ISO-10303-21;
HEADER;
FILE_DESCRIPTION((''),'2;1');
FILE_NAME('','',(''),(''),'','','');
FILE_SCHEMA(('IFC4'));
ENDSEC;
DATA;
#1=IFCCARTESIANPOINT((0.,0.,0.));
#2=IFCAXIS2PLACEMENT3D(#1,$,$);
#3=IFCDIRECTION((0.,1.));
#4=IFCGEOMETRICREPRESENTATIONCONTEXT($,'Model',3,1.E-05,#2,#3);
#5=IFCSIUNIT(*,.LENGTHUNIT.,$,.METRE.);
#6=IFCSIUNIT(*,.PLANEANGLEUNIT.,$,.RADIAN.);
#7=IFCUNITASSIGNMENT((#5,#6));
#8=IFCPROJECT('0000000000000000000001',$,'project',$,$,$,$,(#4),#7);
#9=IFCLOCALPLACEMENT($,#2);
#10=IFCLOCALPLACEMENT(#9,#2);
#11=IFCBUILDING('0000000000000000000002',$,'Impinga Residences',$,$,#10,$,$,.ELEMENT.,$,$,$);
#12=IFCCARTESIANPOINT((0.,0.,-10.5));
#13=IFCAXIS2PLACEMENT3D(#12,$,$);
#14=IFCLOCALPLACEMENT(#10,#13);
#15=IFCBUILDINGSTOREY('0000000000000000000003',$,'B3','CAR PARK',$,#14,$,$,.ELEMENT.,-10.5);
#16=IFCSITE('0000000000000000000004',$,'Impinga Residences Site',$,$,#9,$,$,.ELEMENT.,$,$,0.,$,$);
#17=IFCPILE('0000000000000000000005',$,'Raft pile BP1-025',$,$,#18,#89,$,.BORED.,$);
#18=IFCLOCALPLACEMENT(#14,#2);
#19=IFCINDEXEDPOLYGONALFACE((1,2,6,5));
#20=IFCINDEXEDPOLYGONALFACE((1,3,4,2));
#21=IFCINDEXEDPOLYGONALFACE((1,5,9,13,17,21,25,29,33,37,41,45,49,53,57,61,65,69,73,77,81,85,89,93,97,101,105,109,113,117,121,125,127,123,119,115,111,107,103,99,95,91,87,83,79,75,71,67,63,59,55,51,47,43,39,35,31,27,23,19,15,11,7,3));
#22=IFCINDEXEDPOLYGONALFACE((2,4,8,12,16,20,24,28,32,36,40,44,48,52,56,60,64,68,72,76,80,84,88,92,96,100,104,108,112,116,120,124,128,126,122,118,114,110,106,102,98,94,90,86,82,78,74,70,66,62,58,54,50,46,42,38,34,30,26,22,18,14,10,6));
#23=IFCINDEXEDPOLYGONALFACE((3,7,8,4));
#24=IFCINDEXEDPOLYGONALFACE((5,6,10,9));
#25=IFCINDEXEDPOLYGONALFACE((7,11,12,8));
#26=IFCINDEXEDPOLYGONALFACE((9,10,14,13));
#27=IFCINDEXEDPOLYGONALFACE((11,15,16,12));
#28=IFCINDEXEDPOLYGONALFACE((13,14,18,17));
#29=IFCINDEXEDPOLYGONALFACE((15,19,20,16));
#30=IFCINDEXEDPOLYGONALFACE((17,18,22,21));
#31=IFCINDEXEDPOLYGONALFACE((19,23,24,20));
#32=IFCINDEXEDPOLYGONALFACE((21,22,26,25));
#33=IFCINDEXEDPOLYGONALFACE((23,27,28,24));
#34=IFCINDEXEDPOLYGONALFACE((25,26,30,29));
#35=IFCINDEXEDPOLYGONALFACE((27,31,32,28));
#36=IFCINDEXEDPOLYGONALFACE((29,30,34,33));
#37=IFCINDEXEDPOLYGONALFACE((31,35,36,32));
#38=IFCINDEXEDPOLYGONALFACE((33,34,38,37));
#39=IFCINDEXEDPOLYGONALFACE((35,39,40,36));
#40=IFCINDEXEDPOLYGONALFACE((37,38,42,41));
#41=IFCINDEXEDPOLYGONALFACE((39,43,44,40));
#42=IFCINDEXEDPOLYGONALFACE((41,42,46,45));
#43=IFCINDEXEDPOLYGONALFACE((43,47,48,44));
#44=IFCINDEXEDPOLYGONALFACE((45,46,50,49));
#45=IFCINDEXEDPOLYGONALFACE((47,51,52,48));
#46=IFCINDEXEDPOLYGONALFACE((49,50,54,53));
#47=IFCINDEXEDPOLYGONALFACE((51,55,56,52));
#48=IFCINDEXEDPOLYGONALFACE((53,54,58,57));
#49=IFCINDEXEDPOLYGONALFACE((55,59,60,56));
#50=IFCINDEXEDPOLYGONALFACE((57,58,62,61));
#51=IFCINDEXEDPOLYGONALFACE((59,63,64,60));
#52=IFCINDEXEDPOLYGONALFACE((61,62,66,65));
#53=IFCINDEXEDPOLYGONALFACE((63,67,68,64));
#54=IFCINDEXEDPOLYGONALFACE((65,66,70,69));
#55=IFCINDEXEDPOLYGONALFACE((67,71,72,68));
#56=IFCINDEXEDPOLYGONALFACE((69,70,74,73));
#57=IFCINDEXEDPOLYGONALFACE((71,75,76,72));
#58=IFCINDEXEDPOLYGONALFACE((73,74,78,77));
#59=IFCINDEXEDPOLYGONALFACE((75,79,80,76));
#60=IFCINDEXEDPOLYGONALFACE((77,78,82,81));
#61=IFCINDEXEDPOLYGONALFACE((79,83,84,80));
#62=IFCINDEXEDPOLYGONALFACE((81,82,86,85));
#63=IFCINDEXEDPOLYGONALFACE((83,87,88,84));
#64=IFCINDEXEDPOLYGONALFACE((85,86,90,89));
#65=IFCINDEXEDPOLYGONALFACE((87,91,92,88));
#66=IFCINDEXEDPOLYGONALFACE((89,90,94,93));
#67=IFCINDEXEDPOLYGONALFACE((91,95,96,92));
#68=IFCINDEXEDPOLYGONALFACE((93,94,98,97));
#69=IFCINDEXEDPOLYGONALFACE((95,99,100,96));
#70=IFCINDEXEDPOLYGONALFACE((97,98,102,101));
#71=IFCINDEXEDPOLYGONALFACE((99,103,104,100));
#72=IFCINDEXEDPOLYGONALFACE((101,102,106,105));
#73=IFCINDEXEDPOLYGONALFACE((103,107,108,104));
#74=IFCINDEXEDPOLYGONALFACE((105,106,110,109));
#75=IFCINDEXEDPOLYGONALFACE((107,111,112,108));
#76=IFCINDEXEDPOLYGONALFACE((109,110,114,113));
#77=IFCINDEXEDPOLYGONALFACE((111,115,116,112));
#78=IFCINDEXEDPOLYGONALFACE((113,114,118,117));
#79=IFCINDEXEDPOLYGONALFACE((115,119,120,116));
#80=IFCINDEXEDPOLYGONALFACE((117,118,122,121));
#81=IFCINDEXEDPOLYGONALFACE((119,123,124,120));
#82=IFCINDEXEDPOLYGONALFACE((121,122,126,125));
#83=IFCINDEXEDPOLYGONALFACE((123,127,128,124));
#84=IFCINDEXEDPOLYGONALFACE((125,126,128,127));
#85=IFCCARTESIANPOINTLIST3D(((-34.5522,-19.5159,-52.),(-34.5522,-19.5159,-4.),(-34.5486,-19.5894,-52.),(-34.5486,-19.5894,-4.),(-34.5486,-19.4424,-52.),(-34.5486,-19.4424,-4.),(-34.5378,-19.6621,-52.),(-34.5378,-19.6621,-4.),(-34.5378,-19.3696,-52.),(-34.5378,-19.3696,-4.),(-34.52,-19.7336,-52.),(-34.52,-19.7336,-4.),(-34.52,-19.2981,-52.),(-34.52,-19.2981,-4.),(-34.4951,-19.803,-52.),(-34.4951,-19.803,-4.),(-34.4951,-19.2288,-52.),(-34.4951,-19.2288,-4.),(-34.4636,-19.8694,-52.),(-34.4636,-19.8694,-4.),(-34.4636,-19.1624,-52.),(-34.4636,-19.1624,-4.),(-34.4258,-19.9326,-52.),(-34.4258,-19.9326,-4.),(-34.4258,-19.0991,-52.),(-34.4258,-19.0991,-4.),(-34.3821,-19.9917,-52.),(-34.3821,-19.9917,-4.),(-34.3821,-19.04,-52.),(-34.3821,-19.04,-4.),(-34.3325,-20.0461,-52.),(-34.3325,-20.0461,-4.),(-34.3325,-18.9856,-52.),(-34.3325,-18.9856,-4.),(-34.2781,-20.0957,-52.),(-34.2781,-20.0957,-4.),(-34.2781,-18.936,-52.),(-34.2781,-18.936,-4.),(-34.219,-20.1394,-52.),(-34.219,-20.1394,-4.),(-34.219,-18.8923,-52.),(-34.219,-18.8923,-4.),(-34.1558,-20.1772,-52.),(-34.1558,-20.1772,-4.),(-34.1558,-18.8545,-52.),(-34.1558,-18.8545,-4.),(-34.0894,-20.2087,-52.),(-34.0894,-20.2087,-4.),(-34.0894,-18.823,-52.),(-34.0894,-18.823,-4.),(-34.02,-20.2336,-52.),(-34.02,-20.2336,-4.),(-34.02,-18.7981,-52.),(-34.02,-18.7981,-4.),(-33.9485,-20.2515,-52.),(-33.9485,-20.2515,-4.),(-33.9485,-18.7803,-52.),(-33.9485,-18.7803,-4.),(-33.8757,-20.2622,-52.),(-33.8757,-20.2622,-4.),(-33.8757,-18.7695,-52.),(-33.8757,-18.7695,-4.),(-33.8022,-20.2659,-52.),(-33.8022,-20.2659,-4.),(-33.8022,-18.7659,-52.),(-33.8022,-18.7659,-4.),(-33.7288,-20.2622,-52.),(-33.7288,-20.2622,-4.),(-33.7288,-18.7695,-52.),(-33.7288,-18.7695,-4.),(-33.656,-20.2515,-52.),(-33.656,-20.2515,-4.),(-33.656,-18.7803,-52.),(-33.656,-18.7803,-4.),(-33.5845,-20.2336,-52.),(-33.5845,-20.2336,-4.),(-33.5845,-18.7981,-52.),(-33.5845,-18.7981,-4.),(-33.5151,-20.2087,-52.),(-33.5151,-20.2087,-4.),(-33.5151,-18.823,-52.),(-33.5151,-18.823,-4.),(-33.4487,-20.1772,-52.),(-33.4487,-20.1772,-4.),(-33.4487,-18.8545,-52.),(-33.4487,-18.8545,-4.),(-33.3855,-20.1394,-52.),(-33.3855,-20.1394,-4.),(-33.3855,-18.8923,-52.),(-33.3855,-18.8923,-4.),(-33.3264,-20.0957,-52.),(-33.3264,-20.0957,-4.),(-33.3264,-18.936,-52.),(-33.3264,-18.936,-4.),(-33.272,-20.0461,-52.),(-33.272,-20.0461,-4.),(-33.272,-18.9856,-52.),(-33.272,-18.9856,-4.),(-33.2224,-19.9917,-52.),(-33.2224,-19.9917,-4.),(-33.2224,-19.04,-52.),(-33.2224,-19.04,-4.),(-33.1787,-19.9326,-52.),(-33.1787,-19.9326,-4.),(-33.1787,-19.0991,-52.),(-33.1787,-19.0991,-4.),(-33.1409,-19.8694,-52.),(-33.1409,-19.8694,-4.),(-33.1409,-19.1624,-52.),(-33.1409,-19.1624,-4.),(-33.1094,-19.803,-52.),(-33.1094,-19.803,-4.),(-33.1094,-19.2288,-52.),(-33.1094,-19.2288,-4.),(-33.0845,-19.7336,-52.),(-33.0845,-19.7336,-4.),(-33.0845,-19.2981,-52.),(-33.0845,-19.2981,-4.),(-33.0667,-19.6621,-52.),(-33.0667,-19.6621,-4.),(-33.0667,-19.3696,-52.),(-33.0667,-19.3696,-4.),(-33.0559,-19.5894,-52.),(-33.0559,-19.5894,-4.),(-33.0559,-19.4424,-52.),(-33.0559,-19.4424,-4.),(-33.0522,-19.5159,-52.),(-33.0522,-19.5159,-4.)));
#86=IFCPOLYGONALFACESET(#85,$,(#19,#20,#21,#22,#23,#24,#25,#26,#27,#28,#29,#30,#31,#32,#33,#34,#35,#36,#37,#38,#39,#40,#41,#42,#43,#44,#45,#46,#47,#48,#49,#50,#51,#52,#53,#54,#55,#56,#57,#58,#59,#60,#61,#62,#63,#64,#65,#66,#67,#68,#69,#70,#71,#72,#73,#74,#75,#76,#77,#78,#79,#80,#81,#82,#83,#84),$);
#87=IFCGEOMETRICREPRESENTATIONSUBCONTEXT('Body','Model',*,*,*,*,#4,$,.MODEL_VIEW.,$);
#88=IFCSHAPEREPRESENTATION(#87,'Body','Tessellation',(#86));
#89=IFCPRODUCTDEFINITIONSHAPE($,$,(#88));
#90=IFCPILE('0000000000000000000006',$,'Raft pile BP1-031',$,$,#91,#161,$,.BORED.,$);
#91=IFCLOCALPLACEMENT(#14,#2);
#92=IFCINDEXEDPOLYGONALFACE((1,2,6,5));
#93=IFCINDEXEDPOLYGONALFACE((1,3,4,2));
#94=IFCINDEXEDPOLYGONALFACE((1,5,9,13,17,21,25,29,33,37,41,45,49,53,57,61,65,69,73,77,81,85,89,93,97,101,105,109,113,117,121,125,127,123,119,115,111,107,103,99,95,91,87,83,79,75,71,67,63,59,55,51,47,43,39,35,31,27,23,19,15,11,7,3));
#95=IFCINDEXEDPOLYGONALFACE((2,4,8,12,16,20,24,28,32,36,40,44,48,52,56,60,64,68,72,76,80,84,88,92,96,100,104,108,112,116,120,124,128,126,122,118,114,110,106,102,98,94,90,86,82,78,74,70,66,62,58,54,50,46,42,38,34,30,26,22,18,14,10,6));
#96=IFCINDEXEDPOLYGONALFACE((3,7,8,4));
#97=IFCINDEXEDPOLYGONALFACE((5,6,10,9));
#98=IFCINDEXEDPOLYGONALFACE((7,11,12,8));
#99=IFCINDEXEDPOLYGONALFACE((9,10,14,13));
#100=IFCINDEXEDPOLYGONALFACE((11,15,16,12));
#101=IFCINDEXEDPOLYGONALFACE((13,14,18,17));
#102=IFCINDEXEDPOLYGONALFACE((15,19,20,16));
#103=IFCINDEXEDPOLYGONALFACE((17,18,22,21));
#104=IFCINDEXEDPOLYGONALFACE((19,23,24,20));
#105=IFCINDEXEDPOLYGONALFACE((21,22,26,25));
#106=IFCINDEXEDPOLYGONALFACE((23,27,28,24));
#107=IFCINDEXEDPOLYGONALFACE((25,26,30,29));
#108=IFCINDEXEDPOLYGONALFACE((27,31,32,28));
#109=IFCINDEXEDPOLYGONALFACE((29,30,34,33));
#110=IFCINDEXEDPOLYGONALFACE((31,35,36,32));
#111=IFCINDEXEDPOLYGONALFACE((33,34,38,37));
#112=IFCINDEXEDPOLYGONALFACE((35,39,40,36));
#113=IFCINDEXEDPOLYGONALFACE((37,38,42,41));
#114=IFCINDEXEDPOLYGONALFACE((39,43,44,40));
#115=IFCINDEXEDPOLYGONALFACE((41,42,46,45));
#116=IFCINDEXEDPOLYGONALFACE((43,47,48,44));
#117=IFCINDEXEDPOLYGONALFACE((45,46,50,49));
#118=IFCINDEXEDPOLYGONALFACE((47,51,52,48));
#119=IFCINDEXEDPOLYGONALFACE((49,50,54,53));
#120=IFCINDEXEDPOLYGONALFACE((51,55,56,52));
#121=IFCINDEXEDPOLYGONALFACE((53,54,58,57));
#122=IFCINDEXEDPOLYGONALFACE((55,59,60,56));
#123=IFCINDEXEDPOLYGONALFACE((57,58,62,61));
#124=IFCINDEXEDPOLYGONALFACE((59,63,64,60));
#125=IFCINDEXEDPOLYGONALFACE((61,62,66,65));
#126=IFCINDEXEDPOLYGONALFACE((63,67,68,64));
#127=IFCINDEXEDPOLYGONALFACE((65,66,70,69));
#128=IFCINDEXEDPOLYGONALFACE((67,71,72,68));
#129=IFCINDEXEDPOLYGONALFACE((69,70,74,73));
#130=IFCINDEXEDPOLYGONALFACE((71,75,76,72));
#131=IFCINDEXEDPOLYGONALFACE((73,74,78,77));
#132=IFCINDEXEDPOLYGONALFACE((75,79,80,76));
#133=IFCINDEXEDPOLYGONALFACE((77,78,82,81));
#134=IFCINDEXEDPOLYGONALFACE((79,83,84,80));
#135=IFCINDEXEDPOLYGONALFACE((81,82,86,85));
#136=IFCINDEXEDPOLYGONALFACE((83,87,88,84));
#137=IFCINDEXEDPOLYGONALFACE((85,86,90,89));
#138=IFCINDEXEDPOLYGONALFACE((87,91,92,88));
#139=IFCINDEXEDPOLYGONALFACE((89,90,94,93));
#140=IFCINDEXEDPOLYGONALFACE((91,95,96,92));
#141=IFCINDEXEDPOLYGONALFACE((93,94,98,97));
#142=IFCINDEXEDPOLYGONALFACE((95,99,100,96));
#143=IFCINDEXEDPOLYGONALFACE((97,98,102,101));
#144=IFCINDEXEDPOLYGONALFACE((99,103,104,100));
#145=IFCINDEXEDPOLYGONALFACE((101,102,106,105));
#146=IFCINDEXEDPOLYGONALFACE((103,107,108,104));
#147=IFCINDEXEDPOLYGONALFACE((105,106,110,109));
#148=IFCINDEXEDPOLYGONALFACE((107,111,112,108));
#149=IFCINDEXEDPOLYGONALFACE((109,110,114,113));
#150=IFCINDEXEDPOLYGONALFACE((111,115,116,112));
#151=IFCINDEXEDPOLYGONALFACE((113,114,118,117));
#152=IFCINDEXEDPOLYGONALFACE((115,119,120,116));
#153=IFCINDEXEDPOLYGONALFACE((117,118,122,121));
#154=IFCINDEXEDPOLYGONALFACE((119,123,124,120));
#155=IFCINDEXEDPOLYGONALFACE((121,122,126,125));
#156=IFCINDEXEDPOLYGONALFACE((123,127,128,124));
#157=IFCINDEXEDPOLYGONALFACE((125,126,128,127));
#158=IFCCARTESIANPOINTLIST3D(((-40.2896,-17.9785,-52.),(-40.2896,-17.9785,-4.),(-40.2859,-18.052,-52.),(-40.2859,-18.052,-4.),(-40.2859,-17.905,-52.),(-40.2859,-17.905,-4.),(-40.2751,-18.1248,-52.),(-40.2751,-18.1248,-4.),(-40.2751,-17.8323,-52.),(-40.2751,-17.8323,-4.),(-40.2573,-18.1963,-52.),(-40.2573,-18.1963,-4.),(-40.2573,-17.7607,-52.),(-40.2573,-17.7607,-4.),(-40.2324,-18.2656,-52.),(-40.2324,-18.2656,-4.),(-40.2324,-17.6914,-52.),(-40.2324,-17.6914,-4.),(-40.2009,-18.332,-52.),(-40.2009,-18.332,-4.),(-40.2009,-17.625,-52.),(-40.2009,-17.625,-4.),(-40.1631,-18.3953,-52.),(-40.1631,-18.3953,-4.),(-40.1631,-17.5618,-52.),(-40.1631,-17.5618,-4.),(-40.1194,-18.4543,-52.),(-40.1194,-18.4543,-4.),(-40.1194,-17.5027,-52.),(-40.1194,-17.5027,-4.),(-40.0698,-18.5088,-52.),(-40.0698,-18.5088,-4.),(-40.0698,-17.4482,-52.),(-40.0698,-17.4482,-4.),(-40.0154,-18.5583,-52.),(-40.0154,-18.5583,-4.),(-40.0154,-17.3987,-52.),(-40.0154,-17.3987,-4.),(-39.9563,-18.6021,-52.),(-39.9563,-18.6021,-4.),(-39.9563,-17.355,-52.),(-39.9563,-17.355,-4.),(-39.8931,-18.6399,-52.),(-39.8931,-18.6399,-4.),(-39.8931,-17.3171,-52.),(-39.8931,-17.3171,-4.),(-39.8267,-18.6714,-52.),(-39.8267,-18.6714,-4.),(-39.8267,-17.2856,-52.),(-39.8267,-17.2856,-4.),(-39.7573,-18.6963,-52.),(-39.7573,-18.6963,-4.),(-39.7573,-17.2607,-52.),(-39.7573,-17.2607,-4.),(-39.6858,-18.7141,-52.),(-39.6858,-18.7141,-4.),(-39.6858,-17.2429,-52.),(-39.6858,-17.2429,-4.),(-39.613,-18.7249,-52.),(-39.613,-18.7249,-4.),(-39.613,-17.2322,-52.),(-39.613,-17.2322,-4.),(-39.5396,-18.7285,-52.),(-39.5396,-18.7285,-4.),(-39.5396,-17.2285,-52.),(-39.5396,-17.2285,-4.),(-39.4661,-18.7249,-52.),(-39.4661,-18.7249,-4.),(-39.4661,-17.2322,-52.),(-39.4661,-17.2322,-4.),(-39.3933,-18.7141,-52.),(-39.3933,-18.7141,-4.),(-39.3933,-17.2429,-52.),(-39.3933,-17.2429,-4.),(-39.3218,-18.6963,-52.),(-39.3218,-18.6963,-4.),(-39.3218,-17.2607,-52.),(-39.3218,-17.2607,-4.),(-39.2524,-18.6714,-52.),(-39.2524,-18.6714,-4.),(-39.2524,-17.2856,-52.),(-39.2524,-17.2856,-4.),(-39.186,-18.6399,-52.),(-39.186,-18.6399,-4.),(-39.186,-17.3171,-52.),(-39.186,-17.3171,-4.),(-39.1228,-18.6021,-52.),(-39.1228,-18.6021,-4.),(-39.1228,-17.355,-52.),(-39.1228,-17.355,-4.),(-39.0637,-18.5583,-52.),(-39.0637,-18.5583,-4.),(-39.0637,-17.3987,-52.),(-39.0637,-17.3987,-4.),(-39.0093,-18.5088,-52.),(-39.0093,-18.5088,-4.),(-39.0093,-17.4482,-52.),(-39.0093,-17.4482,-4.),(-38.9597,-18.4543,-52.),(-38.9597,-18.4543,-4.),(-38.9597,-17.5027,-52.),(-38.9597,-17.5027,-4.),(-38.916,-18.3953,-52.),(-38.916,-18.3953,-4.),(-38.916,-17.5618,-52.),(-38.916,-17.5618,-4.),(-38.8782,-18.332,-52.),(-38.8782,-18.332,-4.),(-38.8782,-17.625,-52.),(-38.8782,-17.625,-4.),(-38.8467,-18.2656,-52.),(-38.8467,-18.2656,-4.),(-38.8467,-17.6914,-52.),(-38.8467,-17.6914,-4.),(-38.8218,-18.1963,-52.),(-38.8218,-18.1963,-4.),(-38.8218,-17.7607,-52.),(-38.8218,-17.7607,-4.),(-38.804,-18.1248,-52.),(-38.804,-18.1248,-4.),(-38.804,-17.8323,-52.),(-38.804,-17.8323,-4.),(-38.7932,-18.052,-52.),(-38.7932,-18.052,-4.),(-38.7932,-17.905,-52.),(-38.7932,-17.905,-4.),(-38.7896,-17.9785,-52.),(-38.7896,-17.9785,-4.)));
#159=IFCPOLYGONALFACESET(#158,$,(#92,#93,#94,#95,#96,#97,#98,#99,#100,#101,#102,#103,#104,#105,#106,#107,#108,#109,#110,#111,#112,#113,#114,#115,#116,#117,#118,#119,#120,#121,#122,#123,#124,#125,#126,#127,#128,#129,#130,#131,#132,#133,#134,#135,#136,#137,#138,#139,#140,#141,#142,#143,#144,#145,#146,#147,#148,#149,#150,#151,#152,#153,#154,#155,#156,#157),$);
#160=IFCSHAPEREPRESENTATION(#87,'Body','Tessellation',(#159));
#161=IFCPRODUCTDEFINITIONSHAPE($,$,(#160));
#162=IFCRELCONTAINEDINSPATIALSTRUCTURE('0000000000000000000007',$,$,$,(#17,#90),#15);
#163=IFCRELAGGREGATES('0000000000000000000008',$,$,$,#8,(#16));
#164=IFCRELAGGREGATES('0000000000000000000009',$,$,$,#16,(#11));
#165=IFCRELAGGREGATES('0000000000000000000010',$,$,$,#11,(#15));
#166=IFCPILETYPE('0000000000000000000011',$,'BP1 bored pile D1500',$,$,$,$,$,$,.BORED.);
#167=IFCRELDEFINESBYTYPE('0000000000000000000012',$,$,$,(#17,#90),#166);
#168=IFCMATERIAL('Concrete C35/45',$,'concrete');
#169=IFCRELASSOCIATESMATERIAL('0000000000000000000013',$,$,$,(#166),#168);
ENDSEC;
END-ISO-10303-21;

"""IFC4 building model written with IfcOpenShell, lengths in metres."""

from ifc_helpers import new_model, si_unit, direction, frame, origin, origin_2d, place, context, subcontext, project, spatial, polyline, circle, outline, extrude, material, material_profile, profile_set, type_object, element, save


model = new_model("IFC4")

# Units and contexts
model_context = context("Model", 3, precision=1e-05, world=origin(), true_north=direction((0.0, 1.0)))
body_context = subcontext(model_context, "Body", "Model", "MODEL_VIEW")
ifc_project = project(units=[si_unit("LENGTHUNIT", "METRE"), si_unit("PLANEANGLEUNIT", "RADIAN")], contexts=[model_context])

# Site, building, storey
site_placement = place(None, origin())
site = spatial("IfcSite", under=ifc_project, at=site_placement, Name="Impinga Residences Site", CompositionType="ELEMENT", RefElevation=0.0)
building_placement = place(site_placement, origin())
building = spatial("IfcBuilding", under=site, at=building_placement, Name="Impinga Residences", CompositionType="ELEMENT")
storey_placement = place(building_placement, frame((0.0, 0.0, -10.5)))
storey = spatial("IfcBuildingStorey", under=building, at=storey_placement, Name="B3", Description="CAR PARK", CompositionType="ELEMENT", Elevation=-10.5)

# Piles
ifc_material_1 = material(Name="Concrete C35/45", Category="concrete")
ifc_material_profile_1 = material_profile(ifc_material_1, circle(Radius=0.75, at=origin_2d()), Name="D1500")
ifc_profile_set_1 = profile_set([ifc_material_profile_1], Name="Concrete C35/45")
pile_type_1 = type_object("IfcPileType", Name="BP1 bored pile D1500", PredefinedType="BORED", material=ifc_profile_set_1)
pile_1_placement = place(storey_placement, frame((-33.8022, -19.5159, -4.0), z_axis=(0.0, 0.0, -1.0), x_axis=(1.0, 0.0, 0.0)))
element("IfcPile", 1, at=pile_1_placement, inside=storey, type_object=pile_type_1, Name="Raft pile BP1-025", PredefinedType="BORED", context=body_context, shape_type="SweptSolid", body=[
    extrude(outline(polyline([(0.75, 0.0), (0.7463, 0.0735), (0.7356, 0.1462), (0.7178, 0.2178), (0.6929, 0.2871), (0.6614, 0.3535), (0.6235, 0.4167), (0.5798, 0.4758), (0.5303, 0.5303), (0.4758, 0.5798), (0.4167, 0.6235), (0.3535, 0.6614), (0.2871, 0.6929), (0.2178, 0.7178), (0.1462, 0.7356), (0.0735, 0.7463), (0.0, 0.75), (-0.0735, 0.7463), (-0.1462, 0.7356), (-0.2178, 0.7178), (-0.2871, 0.6929), (-0.3535, 0.6614), (-0.4167, 0.6235), (-0.4758, 0.5798), (-0.5303, 0.5303), (-0.5798, 0.4758), (-0.6235, 0.4167), (-0.6614, 0.3535), (-0.6929, 0.2871), (-0.7178, 0.2178), (-0.7356, 0.1462), (-0.7463, 0.0735), (-0.75, 0.0), (-0.7463, -0.0735), (-0.7356, -0.1462), (-0.7178, -0.2178), (-0.6929, -0.2871), (-0.6614, -0.3535), (-0.6235, -0.4167), (-0.5798, -0.4758), (-0.5303, -0.5303), (-0.4758, -0.5798), (-0.4167, -0.6235), (-0.3535, -0.6614), (-0.2871, -0.6929), (-0.2178, -0.7178), (-0.1462, -0.7356), (-0.0735, -0.7463), (0.0, -0.75), (0.0735, -0.7463), (0.1462, -0.7356), (0.2178, -0.7178), (0.2871, -0.6929), (0.3535, -0.6614), (0.4167, -0.6235), (0.4758, -0.5798), (0.5303, -0.5303), (0.5798, -0.4758), (0.6235, -0.4167), (0.6614, -0.3535), (0.6929, -0.2871), (0.7178, -0.2178), (0.7356, -0.1462), (0.7463, -0.0735), (0.75, 0.0)])), origin(), (0.0, 0.0, 1.0), 48.0),
])
pile_2_placement = place(storey_placement, frame((-39.5396, -17.9785, -4.0), z_axis=(0.0, 0.0, -1.0), x_axis=(1.0, 0.0, 0.0)))
element("IfcPile", 2, at=pile_2_placement, inside=storey, type_object=pile_type_1, Name="Raft pile BP1-031", PredefinedType="BORED", context=body_context, shape_type="SweptSolid", body=[
    extrude(outline(polyline([(0.75, 0.0), (0.7463, 0.0735), (0.7356, 0.1462), (0.7178, 0.2178), (0.6929, 0.2871), (0.6614, 0.3535), (0.6235, 0.4167), (0.5798, 0.4758), (0.5303, 0.5303), (0.4758, 0.5798), (0.4167, 0.6235), (0.3535, 0.6614), (0.2871, 0.6929), (0.2178, 0.7178), (0.1462, 0.7356), (0.0735, 0.7463), (0.0, 0.75), (-0.0735, 0.7463), (-0.1462, 0.7356), (-0.2178, 0.7178), (-0.2871, 0.6929), (-0.3535, 0.6614), (-0.4167, 0.6235), (-0.4758, 0.5798), (-0.5303, 0.5303), (-0.5798, 0.4758), (-0.6235, 0.4167), (-0.6614, 0.3535), (-0.6929, 0.2871), (-0.7178, 0.2178), (-0.7356, 0.1462), (-0.7463, 0.0735), (-0.75, 0.0), (-0.7463, -0.0735), (-0.7356, -0.1462), (-0.7178, -0.2178), (-0.6929, -0.2871), (-0.6614, -0.3535), (-0.6235, -0.4167), (-0.5798, -0.4758), (-0.5303, -0.5303), (-0.4758, -0.5798), (-0.4167, -0.6235), (-0.3535, -0.6614), (-0.2871, -0.6929), (-0.2178, -0.7178), (-0.1462, -0.7356), (-0.0735, -0.7463), (0.0, -0.75), (0.0735, -0.7463), (0.1462, -0.7356), (0.2178, -0.7178), (0.2871, -0.6929), (0.3535, -0.6614), (0.4167, -0.6235), (0.4758, -0.5798), (0.5303, -0.5303), (0.5798, -0.4758), (0.6235, -0.4167), (0.6614, -0.3535), (0.6929, -0.2871), (0.7178, -0.2178), (0.7356, -0.1462), (0.7463, -0.0735), (0.75, 0.0)])), origin(), (0.0, 0.0, 1.0), 48.0),
])

save(model, "model.ifc")
